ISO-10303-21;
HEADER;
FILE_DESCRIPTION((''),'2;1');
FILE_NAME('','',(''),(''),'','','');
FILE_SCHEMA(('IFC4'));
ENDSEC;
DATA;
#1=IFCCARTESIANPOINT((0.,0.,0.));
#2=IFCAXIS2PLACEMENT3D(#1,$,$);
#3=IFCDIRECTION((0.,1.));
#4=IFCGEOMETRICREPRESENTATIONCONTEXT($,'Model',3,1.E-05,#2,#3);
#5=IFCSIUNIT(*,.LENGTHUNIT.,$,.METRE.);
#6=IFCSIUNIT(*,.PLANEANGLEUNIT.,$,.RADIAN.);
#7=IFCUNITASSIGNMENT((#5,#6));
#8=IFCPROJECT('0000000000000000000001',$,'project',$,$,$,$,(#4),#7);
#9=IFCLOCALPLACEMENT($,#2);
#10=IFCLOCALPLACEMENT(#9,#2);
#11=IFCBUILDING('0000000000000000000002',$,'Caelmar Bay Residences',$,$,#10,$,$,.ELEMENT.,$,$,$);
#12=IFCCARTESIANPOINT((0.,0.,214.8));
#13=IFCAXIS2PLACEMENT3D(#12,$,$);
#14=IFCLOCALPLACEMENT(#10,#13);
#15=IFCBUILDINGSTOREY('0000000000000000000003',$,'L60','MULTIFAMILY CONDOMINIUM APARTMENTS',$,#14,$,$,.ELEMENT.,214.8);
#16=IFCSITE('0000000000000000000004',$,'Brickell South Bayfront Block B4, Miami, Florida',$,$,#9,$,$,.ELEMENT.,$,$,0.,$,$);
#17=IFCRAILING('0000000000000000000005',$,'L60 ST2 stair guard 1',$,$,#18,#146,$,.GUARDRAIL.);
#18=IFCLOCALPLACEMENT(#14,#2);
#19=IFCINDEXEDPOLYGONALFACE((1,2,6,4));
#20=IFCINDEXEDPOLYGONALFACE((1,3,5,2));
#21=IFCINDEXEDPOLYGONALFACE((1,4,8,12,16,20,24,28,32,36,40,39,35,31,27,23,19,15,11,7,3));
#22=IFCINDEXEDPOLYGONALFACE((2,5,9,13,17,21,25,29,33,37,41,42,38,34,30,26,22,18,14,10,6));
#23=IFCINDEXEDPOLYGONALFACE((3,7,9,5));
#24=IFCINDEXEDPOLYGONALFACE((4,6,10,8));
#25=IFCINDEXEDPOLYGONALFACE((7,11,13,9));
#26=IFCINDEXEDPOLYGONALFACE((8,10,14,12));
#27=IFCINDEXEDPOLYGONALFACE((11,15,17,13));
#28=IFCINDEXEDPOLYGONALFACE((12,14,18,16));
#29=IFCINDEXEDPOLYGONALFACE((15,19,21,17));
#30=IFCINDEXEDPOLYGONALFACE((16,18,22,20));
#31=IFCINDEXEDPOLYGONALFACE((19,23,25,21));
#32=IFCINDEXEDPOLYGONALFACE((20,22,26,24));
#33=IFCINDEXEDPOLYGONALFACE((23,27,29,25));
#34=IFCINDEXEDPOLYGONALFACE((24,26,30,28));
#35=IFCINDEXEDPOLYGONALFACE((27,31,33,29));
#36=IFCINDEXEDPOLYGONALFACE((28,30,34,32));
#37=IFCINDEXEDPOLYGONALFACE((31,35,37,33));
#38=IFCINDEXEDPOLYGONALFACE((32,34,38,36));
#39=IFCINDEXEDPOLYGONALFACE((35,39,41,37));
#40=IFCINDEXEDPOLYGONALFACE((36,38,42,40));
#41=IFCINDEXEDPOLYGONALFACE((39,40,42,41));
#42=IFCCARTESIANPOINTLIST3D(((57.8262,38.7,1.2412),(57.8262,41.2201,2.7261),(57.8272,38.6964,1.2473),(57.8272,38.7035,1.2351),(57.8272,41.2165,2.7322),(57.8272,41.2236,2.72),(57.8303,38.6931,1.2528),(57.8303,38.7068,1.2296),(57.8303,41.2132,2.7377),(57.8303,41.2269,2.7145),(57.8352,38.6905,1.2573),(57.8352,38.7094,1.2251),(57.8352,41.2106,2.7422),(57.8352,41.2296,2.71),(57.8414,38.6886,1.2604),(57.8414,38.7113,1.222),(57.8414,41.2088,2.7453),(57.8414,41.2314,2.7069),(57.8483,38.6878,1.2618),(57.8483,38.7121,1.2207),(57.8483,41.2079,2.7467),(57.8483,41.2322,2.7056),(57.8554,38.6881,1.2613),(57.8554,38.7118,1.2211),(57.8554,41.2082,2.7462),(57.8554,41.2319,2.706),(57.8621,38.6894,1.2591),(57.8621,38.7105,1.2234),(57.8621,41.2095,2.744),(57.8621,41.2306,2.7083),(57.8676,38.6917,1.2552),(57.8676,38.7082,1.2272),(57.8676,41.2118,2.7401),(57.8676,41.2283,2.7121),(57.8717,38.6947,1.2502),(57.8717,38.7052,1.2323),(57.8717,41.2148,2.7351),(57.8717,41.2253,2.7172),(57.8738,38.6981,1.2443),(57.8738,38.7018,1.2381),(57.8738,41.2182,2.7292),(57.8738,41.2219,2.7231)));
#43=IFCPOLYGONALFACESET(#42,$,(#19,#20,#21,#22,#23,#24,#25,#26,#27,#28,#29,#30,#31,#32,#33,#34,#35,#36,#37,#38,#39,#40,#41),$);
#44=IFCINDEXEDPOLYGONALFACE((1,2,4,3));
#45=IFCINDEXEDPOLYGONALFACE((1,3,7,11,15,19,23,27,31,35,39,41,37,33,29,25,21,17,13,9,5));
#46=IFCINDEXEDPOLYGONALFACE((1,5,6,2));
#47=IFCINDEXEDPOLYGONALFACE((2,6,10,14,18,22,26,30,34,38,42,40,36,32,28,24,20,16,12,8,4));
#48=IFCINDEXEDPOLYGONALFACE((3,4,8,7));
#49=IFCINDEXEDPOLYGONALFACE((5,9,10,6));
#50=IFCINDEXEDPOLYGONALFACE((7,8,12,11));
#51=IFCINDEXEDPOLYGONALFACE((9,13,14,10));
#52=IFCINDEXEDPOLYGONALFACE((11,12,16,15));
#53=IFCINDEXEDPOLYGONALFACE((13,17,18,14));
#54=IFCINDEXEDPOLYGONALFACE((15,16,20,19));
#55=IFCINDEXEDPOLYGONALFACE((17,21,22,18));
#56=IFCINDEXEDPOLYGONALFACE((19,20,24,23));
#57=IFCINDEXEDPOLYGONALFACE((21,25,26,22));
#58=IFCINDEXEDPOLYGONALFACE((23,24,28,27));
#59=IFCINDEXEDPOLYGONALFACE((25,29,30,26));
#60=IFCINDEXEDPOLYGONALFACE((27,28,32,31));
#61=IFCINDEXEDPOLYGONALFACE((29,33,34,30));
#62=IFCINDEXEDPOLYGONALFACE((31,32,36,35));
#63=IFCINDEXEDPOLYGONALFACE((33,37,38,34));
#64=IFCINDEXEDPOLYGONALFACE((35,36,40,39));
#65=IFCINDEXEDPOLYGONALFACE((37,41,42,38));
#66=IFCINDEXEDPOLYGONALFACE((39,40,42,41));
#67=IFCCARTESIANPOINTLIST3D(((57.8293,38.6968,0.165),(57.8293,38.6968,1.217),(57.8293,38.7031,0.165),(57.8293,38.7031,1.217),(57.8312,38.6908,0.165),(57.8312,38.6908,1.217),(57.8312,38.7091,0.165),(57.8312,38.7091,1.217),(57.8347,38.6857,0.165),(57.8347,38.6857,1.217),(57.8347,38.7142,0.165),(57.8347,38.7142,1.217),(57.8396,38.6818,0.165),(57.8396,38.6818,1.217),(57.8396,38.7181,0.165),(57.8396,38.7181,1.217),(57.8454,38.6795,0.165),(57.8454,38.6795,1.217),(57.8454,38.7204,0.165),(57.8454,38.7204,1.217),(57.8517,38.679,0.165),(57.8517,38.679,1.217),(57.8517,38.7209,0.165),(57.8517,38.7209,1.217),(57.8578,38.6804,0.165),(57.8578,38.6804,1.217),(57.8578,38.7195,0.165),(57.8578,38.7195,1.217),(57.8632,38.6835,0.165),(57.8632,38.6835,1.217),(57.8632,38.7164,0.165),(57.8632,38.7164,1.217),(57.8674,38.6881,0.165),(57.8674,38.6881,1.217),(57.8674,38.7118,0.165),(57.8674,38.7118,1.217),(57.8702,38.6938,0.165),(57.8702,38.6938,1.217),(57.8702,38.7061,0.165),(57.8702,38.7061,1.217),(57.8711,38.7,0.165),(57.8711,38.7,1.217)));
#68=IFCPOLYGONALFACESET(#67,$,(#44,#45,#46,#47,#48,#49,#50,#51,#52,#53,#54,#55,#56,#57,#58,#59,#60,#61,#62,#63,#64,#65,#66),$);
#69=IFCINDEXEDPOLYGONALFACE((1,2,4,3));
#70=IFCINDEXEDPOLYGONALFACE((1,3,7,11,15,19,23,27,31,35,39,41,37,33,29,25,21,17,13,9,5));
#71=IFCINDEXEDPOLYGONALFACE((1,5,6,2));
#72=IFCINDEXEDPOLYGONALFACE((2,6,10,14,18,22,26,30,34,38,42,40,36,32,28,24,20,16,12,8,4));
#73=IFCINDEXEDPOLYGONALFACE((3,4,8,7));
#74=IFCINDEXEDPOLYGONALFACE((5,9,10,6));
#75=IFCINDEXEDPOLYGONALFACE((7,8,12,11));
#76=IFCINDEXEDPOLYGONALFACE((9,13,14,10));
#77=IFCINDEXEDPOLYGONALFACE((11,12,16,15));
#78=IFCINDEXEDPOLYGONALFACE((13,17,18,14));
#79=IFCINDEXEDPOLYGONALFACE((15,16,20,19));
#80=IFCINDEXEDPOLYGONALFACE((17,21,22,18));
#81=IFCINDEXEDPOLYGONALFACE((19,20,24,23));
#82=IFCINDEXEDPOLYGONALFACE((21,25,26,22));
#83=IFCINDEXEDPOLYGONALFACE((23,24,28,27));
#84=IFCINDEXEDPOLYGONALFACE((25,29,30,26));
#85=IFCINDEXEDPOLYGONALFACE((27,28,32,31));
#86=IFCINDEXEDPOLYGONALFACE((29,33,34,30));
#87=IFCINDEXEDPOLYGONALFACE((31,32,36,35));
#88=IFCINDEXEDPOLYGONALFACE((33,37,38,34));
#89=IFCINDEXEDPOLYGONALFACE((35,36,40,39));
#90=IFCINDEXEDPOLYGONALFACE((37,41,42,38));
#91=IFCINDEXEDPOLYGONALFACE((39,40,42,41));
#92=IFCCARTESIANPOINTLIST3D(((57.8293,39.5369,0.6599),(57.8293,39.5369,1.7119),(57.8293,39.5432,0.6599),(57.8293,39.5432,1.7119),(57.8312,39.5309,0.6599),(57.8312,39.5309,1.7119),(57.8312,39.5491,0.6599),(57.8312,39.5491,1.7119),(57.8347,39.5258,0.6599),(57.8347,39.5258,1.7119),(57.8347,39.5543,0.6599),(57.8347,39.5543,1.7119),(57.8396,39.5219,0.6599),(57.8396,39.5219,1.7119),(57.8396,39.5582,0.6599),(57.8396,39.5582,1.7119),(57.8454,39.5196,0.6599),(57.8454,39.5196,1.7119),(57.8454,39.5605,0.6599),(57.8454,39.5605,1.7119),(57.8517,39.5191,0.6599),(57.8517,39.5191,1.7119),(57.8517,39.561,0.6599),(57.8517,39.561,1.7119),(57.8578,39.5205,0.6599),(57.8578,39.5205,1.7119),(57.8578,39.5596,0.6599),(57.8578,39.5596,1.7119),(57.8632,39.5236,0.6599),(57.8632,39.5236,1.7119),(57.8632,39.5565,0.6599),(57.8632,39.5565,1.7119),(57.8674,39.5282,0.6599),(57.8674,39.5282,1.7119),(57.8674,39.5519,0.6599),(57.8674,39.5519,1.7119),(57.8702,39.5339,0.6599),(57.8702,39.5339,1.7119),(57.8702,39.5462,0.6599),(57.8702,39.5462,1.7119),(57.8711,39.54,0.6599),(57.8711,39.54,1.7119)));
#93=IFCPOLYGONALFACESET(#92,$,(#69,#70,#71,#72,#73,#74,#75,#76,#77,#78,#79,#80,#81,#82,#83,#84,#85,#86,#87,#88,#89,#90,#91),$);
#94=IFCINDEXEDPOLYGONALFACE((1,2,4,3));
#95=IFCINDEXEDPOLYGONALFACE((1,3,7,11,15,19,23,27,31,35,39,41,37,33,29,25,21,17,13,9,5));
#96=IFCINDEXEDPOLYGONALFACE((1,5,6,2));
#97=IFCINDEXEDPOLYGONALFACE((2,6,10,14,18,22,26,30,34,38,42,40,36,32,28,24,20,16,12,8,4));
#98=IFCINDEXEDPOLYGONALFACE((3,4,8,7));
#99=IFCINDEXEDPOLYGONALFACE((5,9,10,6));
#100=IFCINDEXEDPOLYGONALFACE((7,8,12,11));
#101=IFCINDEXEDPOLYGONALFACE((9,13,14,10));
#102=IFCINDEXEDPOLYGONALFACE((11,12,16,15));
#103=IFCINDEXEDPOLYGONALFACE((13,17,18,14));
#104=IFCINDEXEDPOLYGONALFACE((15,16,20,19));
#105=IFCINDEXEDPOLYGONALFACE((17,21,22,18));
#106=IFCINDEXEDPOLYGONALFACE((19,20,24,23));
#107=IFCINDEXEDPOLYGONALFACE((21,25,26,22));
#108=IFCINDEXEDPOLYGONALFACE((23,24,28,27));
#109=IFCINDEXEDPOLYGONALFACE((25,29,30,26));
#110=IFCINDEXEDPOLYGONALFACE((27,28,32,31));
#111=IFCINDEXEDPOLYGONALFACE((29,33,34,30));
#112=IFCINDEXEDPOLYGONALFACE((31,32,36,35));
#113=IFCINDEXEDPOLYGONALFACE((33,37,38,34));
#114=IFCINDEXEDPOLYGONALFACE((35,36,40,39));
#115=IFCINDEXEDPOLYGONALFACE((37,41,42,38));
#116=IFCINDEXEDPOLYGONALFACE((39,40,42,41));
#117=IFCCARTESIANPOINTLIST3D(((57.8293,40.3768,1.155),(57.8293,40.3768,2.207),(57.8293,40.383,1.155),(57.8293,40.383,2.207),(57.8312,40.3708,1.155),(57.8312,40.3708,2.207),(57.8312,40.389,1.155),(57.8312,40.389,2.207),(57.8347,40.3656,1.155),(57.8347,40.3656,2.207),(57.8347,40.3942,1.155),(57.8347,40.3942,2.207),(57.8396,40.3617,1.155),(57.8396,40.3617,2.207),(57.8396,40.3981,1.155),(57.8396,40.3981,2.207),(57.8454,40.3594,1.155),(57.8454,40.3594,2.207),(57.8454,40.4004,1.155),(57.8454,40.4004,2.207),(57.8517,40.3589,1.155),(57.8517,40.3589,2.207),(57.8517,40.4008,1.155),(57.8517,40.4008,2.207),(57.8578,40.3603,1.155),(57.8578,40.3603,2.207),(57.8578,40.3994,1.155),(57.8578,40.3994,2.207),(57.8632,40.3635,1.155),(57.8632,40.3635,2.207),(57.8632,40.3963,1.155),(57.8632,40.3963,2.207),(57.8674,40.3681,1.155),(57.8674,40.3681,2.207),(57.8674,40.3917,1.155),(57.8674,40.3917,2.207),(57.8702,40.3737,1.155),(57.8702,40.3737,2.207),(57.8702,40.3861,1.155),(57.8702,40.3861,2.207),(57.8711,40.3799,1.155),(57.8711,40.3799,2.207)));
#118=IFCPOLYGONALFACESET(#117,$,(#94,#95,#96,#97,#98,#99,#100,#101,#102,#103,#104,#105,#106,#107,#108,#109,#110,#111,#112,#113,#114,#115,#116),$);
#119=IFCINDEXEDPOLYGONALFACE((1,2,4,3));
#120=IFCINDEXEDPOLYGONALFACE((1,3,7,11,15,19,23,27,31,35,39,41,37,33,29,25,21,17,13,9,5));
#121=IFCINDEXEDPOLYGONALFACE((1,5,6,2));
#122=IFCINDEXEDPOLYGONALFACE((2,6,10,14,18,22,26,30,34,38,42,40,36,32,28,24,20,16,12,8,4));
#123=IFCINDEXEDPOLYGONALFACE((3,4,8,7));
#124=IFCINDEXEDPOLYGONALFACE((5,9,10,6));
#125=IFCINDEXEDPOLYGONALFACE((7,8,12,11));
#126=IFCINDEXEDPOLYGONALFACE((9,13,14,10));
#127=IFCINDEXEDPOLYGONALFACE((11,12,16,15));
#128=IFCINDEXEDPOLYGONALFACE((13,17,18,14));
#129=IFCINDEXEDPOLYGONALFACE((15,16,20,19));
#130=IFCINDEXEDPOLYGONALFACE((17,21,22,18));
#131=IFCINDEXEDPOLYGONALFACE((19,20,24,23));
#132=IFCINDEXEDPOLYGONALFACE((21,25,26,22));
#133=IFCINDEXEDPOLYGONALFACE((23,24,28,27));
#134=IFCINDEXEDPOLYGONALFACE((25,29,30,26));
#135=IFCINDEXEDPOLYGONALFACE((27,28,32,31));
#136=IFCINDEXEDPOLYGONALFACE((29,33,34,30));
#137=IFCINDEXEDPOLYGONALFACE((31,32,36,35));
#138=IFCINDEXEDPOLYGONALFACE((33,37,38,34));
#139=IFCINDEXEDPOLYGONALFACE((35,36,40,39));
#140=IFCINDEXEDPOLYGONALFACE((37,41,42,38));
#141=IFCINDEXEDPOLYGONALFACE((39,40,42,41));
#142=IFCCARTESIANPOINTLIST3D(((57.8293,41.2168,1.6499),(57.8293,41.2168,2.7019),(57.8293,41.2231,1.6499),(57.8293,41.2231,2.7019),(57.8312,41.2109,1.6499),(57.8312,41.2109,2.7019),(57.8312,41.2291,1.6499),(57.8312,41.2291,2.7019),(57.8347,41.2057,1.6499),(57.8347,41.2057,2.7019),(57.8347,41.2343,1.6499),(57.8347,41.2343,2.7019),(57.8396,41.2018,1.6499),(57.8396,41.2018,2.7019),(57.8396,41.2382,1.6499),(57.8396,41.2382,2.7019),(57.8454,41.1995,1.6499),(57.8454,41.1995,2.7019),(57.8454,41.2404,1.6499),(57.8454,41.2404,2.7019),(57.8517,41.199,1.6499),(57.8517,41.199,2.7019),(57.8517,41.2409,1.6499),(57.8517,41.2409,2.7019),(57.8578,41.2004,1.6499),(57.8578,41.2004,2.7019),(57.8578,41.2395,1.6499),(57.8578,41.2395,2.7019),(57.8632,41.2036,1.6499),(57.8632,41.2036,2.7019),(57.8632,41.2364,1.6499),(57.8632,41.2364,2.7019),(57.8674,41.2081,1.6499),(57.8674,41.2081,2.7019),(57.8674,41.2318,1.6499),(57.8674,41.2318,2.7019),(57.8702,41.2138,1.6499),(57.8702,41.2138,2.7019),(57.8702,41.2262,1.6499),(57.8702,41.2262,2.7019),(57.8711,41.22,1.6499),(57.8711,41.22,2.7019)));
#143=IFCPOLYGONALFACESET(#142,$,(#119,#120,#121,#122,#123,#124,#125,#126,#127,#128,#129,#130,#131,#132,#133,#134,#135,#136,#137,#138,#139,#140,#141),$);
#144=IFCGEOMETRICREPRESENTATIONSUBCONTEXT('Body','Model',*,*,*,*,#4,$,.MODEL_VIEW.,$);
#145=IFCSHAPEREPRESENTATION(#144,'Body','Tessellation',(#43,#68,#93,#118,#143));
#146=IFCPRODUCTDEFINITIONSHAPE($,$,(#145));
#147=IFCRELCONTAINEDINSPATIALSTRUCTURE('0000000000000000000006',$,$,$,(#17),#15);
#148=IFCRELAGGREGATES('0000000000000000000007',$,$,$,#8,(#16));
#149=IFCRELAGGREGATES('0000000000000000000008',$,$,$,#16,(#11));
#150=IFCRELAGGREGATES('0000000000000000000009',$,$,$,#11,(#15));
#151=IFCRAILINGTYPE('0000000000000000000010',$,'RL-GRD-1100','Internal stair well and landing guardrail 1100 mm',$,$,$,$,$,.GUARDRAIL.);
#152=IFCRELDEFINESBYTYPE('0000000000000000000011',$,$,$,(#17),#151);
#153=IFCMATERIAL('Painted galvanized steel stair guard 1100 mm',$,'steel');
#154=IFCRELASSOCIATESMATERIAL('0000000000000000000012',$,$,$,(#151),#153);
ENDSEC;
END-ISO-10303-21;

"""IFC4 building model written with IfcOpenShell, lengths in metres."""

from ifc_helpers import new_model, si_unit, direction, frame, origin, origin_2d, place, context, subcontext, project, spatial, circle, extrude, material, type_object, element, save


model = new_model("IFC4")

# Units and contexts
model_context = context("Model", 3, precision=1e-05, world=origin(), true_north=direction((0.0, 1.0)))
body_context = subcontext(model_context, "Body", "Model", "MODEL_VIEW")
ifc_project = project(units=[si_unit("LENGTHUNIT", "METRE"), si_unit("PLANEANGLEUNIT", "RADIAN")], contexts=[model_context])

# Site, building, storey
site_placement = place(None, origin())
site = spatial("IfcSite", under=ifc_project, at=site_placement, Name="Brickell South Bayfront Block B4, Miami, Florida", CompositionType="ELEMENT", RefElevation=0.0)
building_placement = place(site_placement, origin())
building = spatial("IfcBuilding", under=site, at=building_placement, Name="Caelmar Bay Residences", CompositionType="ELEMENT")
storey_placement = place(building_placement, frame((0.0, 0.0, 214.8)))
storey = spatial("IfcBuildingStorey", under=building, at=storey_placement, Name="L60", Description="MULTIFAMILY CONDOMINIUM APARTMENTS", CompositionType="ELEMENT", Elevation=214.8)

# Railing
ifc_material_1 = material(Name="Painted galvanized steel stair guard 1100 mm", Category="steel")
railing_type_1 = type_object("IfcRailingType", Name="RL-GRD-1100", Description="Internal stair well and landing guardrail 1100 mm", PredefinedType="GUARDRAIL", material=ifc_material_1)
railing_1_placement = place(storey_placement, frame((57.8501, 38.7, 0.165)))
element("IfcRailing", 1, at=railing_1_placement, inside=storey, type_object=railing_type_1, Name="L60 ST2 stair guard 1", PredefinedType="GUARDRAIL", context=body_context, shape_type="SweptSolid", body=[
    extrude(circle(Radius=0.0239, at=origin_2d()), frame((0.0, 0.0, 1.0762), z_axis=(0.0, 0.861561, 0.507655), x_axis=(-1.0, 0.0, 0.0)), (0.0, 0.0, 1.0), 2.925),
    extrude(circle(Radius=0.021, at=origin_2d()), origin(), (0.0, 0.0, 1.0), 1.052),
    extrude(circle(Radius=0.021, at=origin_2d()), frame((0.0, 0.8401, 0.4949)), (0.0, 0.0, 1.0), 1.052),
    extrude(circle(Radius=0.021, at=origin_2d()), frame((0.0, 1.6799, 0.99)), (0.0, 0.0, 1.0), 1.052),
    extrude(circle(Radius=0.021, at=origin_2d()), frame((0.0, 2.52, 1.4849)), (0.0, 0.0, 1.0), 1.052),
])

save(model, "model.ifc")
